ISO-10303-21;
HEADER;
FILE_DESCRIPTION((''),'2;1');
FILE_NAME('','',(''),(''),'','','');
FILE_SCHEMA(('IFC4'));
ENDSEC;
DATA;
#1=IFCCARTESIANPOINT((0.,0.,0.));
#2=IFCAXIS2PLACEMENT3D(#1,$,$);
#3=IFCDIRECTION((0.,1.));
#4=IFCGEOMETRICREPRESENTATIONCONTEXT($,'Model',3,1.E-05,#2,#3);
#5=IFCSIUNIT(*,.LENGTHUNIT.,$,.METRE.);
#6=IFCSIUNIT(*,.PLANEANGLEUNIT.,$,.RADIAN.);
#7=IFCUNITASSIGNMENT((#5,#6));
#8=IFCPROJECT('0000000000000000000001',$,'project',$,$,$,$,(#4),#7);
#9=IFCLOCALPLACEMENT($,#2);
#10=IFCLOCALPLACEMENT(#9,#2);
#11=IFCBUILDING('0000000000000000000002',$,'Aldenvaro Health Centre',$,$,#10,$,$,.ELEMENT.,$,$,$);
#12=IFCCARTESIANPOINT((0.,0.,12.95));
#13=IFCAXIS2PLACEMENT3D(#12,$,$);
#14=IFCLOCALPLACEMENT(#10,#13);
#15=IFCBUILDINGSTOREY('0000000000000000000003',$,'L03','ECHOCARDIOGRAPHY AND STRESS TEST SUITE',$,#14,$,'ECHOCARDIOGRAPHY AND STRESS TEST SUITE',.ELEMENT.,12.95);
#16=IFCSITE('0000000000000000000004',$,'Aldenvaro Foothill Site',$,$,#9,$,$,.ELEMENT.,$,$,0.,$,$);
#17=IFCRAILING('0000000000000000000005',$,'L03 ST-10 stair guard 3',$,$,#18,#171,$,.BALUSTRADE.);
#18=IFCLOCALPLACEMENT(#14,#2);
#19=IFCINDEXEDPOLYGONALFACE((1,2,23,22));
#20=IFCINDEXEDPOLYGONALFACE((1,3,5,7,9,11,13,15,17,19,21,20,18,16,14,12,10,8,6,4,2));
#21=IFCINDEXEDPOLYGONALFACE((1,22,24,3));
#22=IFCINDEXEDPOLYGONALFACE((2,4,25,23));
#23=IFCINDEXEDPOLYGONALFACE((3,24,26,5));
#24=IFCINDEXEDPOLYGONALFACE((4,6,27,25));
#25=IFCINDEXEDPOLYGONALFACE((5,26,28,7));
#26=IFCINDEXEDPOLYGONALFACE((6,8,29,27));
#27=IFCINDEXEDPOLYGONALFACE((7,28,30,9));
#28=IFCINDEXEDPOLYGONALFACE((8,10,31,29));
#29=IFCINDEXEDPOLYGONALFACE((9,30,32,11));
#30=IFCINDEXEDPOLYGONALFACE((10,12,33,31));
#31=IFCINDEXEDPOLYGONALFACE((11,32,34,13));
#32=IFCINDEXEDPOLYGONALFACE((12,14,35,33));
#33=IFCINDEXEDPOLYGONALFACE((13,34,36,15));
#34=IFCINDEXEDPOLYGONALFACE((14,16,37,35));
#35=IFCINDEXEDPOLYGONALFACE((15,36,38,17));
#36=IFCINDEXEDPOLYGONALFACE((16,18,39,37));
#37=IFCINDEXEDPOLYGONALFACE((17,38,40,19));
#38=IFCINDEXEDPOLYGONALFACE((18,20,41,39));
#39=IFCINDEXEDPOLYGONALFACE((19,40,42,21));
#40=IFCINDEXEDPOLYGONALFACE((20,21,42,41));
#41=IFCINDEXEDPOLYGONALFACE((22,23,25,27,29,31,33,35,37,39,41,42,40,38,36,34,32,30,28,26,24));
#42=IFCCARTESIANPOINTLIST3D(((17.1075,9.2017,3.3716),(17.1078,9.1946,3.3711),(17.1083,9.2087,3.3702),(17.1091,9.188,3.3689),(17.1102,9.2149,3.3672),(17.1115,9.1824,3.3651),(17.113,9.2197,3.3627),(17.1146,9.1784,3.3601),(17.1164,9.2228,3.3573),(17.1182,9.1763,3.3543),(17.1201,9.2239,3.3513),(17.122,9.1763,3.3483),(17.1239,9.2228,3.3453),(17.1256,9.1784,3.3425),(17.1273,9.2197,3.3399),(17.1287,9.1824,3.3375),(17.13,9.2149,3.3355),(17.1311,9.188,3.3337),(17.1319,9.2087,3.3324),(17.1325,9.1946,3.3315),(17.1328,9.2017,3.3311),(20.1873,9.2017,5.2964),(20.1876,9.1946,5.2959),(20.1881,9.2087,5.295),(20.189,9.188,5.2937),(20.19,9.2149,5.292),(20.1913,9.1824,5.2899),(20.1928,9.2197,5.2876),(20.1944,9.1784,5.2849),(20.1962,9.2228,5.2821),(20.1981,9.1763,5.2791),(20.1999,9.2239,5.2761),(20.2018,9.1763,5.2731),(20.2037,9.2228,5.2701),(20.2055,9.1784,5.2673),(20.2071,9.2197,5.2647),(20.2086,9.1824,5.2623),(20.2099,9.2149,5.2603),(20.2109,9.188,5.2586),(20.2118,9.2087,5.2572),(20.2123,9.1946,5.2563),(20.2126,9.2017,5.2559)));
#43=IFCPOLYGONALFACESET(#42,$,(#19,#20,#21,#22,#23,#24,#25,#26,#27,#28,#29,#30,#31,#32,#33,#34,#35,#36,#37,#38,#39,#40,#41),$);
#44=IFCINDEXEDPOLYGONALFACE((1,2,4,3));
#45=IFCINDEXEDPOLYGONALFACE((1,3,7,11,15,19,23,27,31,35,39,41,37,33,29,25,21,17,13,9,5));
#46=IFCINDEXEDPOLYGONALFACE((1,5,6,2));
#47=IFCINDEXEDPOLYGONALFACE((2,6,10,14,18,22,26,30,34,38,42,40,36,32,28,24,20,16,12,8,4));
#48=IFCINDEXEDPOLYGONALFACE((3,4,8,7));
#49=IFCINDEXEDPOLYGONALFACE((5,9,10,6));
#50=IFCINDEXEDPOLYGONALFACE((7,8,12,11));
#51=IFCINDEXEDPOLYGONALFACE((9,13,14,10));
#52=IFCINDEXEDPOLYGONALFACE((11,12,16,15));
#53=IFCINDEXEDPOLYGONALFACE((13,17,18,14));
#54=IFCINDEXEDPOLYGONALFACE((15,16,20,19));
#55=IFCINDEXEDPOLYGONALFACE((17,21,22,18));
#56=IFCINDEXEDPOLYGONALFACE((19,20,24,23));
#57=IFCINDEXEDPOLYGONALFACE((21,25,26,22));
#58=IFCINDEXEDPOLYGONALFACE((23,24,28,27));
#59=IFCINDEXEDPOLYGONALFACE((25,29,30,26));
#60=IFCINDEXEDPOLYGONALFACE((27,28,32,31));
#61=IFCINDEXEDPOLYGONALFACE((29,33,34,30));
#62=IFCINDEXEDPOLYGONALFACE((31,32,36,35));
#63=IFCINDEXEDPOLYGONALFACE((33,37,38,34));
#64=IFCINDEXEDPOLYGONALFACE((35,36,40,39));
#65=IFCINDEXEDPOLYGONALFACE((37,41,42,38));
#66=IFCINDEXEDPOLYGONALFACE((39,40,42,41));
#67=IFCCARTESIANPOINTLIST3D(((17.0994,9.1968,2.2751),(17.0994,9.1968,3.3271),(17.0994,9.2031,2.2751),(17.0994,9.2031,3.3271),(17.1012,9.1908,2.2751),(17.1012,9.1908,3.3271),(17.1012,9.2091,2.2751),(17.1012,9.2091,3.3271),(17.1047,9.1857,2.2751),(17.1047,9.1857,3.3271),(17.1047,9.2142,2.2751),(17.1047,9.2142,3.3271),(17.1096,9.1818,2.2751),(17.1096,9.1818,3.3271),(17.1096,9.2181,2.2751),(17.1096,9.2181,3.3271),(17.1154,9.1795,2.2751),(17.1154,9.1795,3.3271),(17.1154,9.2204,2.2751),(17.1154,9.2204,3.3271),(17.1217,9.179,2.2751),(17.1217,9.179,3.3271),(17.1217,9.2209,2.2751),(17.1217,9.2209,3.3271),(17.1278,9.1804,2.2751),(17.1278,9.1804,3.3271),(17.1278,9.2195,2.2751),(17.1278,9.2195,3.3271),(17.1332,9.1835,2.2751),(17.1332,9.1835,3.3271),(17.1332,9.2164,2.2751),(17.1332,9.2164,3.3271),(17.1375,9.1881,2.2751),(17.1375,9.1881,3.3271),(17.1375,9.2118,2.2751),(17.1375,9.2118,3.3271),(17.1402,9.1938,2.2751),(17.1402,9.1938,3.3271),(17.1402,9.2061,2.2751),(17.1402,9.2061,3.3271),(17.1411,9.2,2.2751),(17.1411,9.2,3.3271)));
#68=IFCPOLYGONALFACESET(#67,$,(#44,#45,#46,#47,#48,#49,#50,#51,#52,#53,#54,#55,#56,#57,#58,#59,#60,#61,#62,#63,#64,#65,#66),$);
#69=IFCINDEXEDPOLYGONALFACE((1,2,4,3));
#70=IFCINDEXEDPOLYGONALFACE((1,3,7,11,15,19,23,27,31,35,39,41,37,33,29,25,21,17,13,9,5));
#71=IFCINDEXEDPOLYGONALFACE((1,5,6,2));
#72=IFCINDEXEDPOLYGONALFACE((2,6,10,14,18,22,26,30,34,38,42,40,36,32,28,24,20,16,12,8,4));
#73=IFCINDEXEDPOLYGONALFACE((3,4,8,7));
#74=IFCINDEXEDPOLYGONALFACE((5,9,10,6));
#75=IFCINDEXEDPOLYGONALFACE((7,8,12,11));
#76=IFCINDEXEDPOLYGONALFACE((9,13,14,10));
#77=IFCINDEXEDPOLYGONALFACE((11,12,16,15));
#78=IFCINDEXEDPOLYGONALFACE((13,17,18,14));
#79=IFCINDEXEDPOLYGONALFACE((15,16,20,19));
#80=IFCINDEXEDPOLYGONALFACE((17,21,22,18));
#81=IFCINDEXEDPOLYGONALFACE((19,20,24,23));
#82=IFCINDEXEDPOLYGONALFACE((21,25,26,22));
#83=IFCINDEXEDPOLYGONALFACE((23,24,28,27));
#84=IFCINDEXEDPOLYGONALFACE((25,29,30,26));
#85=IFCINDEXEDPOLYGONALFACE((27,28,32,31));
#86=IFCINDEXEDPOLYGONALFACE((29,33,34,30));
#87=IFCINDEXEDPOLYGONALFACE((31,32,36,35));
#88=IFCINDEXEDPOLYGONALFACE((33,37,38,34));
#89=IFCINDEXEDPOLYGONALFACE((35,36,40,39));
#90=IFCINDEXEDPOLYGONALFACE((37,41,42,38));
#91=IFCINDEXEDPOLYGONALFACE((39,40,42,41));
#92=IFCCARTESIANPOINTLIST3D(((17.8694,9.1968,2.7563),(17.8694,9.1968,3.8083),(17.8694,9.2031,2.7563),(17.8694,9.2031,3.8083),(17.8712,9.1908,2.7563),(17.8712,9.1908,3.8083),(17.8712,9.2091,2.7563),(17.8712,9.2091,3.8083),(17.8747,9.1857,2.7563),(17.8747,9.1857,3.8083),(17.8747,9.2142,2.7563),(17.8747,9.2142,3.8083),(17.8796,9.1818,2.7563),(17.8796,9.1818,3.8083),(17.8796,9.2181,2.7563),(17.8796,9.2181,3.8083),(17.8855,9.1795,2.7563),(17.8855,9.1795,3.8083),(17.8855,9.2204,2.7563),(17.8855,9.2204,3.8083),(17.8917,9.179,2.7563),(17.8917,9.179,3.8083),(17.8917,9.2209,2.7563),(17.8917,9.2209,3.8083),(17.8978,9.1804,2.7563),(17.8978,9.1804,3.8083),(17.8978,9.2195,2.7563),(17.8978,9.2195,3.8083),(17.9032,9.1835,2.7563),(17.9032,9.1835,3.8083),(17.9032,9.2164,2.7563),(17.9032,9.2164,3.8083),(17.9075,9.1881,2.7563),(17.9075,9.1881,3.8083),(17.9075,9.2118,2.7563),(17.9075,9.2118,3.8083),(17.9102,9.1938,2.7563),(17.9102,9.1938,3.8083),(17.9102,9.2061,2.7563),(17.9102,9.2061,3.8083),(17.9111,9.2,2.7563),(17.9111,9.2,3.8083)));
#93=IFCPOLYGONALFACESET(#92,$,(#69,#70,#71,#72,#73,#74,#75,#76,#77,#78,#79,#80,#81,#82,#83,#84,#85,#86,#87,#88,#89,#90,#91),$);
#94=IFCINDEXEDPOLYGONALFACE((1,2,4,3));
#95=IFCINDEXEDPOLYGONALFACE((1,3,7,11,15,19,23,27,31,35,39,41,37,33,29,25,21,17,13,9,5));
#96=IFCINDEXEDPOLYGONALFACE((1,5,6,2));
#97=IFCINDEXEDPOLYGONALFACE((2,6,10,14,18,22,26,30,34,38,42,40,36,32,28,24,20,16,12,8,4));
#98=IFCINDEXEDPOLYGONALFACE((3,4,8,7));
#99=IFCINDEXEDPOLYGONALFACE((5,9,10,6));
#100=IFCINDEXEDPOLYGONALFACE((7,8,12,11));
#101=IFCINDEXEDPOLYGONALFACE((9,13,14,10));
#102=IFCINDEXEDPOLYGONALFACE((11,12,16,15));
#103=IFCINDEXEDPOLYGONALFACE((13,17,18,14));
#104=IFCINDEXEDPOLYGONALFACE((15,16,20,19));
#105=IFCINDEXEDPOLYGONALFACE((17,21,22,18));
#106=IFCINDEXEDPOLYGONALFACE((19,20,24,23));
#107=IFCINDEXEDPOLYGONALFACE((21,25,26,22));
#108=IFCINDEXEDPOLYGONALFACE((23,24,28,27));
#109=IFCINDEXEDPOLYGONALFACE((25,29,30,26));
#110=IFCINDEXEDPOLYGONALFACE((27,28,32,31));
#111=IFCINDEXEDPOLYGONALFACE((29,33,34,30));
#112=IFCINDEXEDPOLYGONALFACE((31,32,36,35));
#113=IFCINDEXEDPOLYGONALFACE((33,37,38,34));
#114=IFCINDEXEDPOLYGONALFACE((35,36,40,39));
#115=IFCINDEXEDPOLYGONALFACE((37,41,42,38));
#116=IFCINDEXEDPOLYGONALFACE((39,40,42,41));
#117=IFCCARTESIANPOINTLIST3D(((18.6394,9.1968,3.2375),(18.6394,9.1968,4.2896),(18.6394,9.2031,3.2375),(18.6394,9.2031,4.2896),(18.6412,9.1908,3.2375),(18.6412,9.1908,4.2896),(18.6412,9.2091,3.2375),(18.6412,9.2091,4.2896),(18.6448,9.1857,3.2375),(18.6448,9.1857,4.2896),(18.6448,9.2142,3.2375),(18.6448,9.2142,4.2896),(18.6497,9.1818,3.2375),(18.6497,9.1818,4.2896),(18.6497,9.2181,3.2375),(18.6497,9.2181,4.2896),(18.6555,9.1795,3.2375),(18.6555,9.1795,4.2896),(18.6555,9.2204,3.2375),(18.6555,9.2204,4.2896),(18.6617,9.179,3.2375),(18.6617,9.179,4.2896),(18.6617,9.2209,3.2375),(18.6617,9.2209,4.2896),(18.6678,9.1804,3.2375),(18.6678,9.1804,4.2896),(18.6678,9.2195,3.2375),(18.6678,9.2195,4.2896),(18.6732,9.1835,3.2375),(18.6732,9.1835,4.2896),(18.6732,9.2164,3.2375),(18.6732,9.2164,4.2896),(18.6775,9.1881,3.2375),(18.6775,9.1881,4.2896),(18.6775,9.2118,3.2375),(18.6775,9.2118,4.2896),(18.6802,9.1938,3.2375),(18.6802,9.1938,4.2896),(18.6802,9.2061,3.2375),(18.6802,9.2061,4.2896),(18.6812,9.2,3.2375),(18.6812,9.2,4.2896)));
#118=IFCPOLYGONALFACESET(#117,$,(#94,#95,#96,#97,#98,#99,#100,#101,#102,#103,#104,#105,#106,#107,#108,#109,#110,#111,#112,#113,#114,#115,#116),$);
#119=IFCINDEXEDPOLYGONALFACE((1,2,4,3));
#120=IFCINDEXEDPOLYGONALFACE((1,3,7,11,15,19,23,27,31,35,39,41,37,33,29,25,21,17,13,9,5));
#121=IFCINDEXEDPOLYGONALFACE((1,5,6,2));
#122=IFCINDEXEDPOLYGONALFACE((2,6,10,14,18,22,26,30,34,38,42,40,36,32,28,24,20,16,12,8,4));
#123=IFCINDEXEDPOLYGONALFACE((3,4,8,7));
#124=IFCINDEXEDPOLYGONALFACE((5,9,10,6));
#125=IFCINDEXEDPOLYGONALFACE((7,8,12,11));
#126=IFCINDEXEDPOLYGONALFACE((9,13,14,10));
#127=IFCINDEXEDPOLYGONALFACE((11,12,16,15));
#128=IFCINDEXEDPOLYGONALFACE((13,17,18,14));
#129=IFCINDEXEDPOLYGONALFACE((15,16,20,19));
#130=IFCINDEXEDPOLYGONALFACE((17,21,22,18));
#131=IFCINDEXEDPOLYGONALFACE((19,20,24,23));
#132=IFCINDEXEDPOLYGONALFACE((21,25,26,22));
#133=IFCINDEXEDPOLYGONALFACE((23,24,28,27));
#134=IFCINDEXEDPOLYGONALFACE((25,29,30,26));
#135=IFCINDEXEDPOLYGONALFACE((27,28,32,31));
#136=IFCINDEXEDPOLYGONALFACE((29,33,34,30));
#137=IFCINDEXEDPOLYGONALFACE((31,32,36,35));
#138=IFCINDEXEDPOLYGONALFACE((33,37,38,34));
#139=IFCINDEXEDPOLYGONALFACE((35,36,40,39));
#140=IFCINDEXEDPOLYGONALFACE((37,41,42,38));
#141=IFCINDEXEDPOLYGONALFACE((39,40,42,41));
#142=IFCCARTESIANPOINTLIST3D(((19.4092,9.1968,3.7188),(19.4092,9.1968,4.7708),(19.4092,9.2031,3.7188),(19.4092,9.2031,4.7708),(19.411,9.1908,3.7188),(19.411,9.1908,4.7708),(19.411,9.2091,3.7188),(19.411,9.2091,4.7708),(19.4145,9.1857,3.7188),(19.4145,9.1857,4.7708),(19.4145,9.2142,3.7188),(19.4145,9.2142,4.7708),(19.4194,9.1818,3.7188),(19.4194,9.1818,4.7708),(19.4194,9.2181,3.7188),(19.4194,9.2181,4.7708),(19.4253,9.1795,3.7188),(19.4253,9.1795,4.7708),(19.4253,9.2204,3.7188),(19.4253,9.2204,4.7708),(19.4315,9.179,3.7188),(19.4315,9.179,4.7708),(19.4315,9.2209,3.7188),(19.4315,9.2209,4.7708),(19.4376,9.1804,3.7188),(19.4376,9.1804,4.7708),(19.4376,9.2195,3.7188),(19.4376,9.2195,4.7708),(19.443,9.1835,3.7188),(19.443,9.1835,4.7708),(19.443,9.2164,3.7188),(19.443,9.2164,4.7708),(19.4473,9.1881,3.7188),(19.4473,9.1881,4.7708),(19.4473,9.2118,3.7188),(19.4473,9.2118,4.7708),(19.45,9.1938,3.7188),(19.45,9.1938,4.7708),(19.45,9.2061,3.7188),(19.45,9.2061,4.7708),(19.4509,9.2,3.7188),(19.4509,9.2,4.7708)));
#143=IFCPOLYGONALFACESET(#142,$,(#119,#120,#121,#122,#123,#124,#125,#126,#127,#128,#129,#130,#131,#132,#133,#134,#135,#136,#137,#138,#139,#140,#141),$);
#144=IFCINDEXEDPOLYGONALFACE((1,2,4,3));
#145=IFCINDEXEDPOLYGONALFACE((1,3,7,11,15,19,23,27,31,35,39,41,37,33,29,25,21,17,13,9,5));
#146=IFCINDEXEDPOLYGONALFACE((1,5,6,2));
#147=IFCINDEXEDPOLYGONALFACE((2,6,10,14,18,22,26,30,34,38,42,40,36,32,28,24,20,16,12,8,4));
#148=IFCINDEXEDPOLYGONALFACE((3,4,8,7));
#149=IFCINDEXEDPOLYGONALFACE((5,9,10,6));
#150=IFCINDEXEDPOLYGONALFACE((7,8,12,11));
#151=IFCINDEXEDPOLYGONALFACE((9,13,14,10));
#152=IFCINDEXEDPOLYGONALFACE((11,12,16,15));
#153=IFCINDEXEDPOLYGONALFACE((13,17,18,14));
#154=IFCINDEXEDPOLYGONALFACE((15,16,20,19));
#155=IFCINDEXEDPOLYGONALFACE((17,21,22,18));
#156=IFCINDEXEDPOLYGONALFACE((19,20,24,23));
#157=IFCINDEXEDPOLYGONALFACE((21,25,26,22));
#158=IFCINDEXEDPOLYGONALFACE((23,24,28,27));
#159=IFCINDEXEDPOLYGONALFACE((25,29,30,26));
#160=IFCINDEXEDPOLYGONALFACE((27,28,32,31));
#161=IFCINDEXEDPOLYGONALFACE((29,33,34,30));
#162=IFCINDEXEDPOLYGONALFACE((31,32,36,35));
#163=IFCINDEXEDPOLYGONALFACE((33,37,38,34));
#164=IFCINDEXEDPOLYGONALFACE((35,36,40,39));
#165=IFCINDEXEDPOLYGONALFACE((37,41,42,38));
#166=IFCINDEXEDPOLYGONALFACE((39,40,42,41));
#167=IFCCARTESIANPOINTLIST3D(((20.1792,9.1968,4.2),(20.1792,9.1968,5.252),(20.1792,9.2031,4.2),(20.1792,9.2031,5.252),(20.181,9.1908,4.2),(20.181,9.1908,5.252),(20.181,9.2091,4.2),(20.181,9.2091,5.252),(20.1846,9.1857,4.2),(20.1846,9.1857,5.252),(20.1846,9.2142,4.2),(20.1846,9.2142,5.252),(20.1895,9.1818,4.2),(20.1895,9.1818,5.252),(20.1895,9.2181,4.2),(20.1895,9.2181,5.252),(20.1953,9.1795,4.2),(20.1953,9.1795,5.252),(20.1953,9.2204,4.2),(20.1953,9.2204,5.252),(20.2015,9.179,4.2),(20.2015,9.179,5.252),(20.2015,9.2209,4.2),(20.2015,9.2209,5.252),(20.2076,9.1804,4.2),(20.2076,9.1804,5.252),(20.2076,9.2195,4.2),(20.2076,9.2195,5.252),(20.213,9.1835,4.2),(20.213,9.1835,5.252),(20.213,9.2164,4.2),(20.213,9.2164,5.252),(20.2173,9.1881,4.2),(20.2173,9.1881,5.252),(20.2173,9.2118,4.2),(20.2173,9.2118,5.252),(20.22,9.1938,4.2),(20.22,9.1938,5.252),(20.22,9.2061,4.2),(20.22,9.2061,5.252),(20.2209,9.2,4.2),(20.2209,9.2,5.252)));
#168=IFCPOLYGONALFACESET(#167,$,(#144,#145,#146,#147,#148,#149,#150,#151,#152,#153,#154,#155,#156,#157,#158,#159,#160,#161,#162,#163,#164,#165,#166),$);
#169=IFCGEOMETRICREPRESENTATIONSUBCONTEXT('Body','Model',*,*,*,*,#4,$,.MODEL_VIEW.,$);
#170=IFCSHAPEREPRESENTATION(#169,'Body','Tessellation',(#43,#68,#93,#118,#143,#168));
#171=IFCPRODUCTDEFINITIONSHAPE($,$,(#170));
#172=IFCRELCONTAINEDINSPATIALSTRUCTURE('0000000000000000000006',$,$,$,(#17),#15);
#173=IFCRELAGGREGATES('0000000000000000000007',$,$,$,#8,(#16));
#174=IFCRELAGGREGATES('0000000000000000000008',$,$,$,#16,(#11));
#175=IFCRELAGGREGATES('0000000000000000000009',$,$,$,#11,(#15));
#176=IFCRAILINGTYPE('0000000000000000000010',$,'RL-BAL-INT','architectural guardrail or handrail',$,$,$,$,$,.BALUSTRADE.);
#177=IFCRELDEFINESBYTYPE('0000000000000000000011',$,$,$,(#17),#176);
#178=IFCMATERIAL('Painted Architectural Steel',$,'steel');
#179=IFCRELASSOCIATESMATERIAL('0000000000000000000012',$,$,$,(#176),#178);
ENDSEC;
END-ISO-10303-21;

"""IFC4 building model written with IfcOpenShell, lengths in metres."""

from ifc_helpers import new_model, si_unit, direction, frame, origin, origin_2d, place, context, subcontext, project, spatial, circle, extrude, material, type_object, element, save


model = new_model("IFC4")

# Units and contexts
model_context = context("Model", 3, precision=1e-05, world=origin(), true_north=direction((0.0, 1.0)))
body_context = subcontext(model_context, "Body", "Model", "MODEL_VIEW")
ifc_project = project(units=[si_unit("LENGTHUNIT", "METRE"), si_unit("PLANEANGLEUNIT", "RADIAN")], contexts=[model_context])

# Site, building, storey
site_placement = place(None, origin())
site = spatial("IfcSite", under=ifc_project, at=site_placement, Name="Aldenvaro Foothill Site", CompositionType="ELEMENT", RefElevation=0.0)
building_placement = place(site_placement, origin())
building = spatial("IfcBuilding", under=site, at=building_placement, Name="Aldenvaro Health Centre", CompositionType="ELEMENT")
storey_placement = place(building_placement, frame((0.0, 0.0, 12.95)))
storey = spatial("IfcBuildingStorey", under=building, at=storey_placement, Name="L03", Description="ECHOCARDIOGRAPHY AND STRESS TEST SUITE", LongName="ECHOCARDIOGRAPHY AND STRESS TEST SUITE", CompositionType="ELEMENT", Elevation=12.95)

# Railing
ifc_material_1 = material(Name="Painted Architectural Steel", Category="steel")
railing_type_1 = type_object("IfcRailingType", Name="RL-BAL-INT", Description="architectural guardrail or handrail", PredefinedType="BALUSTRADE", material=ifc_material_1)
railing_1_placement = place(storey_placement, frame((17.1201, 9.2, 2.2751)))
element("IfcRailing", 1, at=railing_1_placement, inside=storey, type_object=railing_type_1, Name="L03 ST-10 stair guard 3", PredefinedType="BALUSTRADE", context=body_context, shape_type="SweptSolid", body=[
    extrude(circle(Radius=0.0239, at=origin_2d()), frame((0.0, 0.0, 1.0762), z_axis=(0.84801, 0.0, 0.529981), x_axis=(0.0, 1.0, 0.0)), (0.0, 0.0, 1.0), 3.6318),
    extrude(circle(Radius=0.021, at=origin_2d()), origin(), (0.0, 0.0, 1.0), 1.052),
    extrude(circle(Radius=0.021, at=origin_2d()), frame((0.77, 0.0, 0.4812)), (0.0, 0.0, 1.0), 1.052),
    extrude(circle(Radius=0.021, at=origin_2d()), frame((1.54, 0.0, 0.9624)), (0.0, 0.0, 1.0), 1.052),
    extrude(circle(Radius=0.021, at=origin_2d()), frame((2.3098, 0.0, 1.4436)), (0.0, 0.0, 1.0), 1.052),
    extrude(circle(Radius=0.021, at=origin_2d()), frame((3.0798, 0.0, 1.9248)), (0.0, 0.0, 1.0), 1.052),
])

save(model, "model.ifc")
